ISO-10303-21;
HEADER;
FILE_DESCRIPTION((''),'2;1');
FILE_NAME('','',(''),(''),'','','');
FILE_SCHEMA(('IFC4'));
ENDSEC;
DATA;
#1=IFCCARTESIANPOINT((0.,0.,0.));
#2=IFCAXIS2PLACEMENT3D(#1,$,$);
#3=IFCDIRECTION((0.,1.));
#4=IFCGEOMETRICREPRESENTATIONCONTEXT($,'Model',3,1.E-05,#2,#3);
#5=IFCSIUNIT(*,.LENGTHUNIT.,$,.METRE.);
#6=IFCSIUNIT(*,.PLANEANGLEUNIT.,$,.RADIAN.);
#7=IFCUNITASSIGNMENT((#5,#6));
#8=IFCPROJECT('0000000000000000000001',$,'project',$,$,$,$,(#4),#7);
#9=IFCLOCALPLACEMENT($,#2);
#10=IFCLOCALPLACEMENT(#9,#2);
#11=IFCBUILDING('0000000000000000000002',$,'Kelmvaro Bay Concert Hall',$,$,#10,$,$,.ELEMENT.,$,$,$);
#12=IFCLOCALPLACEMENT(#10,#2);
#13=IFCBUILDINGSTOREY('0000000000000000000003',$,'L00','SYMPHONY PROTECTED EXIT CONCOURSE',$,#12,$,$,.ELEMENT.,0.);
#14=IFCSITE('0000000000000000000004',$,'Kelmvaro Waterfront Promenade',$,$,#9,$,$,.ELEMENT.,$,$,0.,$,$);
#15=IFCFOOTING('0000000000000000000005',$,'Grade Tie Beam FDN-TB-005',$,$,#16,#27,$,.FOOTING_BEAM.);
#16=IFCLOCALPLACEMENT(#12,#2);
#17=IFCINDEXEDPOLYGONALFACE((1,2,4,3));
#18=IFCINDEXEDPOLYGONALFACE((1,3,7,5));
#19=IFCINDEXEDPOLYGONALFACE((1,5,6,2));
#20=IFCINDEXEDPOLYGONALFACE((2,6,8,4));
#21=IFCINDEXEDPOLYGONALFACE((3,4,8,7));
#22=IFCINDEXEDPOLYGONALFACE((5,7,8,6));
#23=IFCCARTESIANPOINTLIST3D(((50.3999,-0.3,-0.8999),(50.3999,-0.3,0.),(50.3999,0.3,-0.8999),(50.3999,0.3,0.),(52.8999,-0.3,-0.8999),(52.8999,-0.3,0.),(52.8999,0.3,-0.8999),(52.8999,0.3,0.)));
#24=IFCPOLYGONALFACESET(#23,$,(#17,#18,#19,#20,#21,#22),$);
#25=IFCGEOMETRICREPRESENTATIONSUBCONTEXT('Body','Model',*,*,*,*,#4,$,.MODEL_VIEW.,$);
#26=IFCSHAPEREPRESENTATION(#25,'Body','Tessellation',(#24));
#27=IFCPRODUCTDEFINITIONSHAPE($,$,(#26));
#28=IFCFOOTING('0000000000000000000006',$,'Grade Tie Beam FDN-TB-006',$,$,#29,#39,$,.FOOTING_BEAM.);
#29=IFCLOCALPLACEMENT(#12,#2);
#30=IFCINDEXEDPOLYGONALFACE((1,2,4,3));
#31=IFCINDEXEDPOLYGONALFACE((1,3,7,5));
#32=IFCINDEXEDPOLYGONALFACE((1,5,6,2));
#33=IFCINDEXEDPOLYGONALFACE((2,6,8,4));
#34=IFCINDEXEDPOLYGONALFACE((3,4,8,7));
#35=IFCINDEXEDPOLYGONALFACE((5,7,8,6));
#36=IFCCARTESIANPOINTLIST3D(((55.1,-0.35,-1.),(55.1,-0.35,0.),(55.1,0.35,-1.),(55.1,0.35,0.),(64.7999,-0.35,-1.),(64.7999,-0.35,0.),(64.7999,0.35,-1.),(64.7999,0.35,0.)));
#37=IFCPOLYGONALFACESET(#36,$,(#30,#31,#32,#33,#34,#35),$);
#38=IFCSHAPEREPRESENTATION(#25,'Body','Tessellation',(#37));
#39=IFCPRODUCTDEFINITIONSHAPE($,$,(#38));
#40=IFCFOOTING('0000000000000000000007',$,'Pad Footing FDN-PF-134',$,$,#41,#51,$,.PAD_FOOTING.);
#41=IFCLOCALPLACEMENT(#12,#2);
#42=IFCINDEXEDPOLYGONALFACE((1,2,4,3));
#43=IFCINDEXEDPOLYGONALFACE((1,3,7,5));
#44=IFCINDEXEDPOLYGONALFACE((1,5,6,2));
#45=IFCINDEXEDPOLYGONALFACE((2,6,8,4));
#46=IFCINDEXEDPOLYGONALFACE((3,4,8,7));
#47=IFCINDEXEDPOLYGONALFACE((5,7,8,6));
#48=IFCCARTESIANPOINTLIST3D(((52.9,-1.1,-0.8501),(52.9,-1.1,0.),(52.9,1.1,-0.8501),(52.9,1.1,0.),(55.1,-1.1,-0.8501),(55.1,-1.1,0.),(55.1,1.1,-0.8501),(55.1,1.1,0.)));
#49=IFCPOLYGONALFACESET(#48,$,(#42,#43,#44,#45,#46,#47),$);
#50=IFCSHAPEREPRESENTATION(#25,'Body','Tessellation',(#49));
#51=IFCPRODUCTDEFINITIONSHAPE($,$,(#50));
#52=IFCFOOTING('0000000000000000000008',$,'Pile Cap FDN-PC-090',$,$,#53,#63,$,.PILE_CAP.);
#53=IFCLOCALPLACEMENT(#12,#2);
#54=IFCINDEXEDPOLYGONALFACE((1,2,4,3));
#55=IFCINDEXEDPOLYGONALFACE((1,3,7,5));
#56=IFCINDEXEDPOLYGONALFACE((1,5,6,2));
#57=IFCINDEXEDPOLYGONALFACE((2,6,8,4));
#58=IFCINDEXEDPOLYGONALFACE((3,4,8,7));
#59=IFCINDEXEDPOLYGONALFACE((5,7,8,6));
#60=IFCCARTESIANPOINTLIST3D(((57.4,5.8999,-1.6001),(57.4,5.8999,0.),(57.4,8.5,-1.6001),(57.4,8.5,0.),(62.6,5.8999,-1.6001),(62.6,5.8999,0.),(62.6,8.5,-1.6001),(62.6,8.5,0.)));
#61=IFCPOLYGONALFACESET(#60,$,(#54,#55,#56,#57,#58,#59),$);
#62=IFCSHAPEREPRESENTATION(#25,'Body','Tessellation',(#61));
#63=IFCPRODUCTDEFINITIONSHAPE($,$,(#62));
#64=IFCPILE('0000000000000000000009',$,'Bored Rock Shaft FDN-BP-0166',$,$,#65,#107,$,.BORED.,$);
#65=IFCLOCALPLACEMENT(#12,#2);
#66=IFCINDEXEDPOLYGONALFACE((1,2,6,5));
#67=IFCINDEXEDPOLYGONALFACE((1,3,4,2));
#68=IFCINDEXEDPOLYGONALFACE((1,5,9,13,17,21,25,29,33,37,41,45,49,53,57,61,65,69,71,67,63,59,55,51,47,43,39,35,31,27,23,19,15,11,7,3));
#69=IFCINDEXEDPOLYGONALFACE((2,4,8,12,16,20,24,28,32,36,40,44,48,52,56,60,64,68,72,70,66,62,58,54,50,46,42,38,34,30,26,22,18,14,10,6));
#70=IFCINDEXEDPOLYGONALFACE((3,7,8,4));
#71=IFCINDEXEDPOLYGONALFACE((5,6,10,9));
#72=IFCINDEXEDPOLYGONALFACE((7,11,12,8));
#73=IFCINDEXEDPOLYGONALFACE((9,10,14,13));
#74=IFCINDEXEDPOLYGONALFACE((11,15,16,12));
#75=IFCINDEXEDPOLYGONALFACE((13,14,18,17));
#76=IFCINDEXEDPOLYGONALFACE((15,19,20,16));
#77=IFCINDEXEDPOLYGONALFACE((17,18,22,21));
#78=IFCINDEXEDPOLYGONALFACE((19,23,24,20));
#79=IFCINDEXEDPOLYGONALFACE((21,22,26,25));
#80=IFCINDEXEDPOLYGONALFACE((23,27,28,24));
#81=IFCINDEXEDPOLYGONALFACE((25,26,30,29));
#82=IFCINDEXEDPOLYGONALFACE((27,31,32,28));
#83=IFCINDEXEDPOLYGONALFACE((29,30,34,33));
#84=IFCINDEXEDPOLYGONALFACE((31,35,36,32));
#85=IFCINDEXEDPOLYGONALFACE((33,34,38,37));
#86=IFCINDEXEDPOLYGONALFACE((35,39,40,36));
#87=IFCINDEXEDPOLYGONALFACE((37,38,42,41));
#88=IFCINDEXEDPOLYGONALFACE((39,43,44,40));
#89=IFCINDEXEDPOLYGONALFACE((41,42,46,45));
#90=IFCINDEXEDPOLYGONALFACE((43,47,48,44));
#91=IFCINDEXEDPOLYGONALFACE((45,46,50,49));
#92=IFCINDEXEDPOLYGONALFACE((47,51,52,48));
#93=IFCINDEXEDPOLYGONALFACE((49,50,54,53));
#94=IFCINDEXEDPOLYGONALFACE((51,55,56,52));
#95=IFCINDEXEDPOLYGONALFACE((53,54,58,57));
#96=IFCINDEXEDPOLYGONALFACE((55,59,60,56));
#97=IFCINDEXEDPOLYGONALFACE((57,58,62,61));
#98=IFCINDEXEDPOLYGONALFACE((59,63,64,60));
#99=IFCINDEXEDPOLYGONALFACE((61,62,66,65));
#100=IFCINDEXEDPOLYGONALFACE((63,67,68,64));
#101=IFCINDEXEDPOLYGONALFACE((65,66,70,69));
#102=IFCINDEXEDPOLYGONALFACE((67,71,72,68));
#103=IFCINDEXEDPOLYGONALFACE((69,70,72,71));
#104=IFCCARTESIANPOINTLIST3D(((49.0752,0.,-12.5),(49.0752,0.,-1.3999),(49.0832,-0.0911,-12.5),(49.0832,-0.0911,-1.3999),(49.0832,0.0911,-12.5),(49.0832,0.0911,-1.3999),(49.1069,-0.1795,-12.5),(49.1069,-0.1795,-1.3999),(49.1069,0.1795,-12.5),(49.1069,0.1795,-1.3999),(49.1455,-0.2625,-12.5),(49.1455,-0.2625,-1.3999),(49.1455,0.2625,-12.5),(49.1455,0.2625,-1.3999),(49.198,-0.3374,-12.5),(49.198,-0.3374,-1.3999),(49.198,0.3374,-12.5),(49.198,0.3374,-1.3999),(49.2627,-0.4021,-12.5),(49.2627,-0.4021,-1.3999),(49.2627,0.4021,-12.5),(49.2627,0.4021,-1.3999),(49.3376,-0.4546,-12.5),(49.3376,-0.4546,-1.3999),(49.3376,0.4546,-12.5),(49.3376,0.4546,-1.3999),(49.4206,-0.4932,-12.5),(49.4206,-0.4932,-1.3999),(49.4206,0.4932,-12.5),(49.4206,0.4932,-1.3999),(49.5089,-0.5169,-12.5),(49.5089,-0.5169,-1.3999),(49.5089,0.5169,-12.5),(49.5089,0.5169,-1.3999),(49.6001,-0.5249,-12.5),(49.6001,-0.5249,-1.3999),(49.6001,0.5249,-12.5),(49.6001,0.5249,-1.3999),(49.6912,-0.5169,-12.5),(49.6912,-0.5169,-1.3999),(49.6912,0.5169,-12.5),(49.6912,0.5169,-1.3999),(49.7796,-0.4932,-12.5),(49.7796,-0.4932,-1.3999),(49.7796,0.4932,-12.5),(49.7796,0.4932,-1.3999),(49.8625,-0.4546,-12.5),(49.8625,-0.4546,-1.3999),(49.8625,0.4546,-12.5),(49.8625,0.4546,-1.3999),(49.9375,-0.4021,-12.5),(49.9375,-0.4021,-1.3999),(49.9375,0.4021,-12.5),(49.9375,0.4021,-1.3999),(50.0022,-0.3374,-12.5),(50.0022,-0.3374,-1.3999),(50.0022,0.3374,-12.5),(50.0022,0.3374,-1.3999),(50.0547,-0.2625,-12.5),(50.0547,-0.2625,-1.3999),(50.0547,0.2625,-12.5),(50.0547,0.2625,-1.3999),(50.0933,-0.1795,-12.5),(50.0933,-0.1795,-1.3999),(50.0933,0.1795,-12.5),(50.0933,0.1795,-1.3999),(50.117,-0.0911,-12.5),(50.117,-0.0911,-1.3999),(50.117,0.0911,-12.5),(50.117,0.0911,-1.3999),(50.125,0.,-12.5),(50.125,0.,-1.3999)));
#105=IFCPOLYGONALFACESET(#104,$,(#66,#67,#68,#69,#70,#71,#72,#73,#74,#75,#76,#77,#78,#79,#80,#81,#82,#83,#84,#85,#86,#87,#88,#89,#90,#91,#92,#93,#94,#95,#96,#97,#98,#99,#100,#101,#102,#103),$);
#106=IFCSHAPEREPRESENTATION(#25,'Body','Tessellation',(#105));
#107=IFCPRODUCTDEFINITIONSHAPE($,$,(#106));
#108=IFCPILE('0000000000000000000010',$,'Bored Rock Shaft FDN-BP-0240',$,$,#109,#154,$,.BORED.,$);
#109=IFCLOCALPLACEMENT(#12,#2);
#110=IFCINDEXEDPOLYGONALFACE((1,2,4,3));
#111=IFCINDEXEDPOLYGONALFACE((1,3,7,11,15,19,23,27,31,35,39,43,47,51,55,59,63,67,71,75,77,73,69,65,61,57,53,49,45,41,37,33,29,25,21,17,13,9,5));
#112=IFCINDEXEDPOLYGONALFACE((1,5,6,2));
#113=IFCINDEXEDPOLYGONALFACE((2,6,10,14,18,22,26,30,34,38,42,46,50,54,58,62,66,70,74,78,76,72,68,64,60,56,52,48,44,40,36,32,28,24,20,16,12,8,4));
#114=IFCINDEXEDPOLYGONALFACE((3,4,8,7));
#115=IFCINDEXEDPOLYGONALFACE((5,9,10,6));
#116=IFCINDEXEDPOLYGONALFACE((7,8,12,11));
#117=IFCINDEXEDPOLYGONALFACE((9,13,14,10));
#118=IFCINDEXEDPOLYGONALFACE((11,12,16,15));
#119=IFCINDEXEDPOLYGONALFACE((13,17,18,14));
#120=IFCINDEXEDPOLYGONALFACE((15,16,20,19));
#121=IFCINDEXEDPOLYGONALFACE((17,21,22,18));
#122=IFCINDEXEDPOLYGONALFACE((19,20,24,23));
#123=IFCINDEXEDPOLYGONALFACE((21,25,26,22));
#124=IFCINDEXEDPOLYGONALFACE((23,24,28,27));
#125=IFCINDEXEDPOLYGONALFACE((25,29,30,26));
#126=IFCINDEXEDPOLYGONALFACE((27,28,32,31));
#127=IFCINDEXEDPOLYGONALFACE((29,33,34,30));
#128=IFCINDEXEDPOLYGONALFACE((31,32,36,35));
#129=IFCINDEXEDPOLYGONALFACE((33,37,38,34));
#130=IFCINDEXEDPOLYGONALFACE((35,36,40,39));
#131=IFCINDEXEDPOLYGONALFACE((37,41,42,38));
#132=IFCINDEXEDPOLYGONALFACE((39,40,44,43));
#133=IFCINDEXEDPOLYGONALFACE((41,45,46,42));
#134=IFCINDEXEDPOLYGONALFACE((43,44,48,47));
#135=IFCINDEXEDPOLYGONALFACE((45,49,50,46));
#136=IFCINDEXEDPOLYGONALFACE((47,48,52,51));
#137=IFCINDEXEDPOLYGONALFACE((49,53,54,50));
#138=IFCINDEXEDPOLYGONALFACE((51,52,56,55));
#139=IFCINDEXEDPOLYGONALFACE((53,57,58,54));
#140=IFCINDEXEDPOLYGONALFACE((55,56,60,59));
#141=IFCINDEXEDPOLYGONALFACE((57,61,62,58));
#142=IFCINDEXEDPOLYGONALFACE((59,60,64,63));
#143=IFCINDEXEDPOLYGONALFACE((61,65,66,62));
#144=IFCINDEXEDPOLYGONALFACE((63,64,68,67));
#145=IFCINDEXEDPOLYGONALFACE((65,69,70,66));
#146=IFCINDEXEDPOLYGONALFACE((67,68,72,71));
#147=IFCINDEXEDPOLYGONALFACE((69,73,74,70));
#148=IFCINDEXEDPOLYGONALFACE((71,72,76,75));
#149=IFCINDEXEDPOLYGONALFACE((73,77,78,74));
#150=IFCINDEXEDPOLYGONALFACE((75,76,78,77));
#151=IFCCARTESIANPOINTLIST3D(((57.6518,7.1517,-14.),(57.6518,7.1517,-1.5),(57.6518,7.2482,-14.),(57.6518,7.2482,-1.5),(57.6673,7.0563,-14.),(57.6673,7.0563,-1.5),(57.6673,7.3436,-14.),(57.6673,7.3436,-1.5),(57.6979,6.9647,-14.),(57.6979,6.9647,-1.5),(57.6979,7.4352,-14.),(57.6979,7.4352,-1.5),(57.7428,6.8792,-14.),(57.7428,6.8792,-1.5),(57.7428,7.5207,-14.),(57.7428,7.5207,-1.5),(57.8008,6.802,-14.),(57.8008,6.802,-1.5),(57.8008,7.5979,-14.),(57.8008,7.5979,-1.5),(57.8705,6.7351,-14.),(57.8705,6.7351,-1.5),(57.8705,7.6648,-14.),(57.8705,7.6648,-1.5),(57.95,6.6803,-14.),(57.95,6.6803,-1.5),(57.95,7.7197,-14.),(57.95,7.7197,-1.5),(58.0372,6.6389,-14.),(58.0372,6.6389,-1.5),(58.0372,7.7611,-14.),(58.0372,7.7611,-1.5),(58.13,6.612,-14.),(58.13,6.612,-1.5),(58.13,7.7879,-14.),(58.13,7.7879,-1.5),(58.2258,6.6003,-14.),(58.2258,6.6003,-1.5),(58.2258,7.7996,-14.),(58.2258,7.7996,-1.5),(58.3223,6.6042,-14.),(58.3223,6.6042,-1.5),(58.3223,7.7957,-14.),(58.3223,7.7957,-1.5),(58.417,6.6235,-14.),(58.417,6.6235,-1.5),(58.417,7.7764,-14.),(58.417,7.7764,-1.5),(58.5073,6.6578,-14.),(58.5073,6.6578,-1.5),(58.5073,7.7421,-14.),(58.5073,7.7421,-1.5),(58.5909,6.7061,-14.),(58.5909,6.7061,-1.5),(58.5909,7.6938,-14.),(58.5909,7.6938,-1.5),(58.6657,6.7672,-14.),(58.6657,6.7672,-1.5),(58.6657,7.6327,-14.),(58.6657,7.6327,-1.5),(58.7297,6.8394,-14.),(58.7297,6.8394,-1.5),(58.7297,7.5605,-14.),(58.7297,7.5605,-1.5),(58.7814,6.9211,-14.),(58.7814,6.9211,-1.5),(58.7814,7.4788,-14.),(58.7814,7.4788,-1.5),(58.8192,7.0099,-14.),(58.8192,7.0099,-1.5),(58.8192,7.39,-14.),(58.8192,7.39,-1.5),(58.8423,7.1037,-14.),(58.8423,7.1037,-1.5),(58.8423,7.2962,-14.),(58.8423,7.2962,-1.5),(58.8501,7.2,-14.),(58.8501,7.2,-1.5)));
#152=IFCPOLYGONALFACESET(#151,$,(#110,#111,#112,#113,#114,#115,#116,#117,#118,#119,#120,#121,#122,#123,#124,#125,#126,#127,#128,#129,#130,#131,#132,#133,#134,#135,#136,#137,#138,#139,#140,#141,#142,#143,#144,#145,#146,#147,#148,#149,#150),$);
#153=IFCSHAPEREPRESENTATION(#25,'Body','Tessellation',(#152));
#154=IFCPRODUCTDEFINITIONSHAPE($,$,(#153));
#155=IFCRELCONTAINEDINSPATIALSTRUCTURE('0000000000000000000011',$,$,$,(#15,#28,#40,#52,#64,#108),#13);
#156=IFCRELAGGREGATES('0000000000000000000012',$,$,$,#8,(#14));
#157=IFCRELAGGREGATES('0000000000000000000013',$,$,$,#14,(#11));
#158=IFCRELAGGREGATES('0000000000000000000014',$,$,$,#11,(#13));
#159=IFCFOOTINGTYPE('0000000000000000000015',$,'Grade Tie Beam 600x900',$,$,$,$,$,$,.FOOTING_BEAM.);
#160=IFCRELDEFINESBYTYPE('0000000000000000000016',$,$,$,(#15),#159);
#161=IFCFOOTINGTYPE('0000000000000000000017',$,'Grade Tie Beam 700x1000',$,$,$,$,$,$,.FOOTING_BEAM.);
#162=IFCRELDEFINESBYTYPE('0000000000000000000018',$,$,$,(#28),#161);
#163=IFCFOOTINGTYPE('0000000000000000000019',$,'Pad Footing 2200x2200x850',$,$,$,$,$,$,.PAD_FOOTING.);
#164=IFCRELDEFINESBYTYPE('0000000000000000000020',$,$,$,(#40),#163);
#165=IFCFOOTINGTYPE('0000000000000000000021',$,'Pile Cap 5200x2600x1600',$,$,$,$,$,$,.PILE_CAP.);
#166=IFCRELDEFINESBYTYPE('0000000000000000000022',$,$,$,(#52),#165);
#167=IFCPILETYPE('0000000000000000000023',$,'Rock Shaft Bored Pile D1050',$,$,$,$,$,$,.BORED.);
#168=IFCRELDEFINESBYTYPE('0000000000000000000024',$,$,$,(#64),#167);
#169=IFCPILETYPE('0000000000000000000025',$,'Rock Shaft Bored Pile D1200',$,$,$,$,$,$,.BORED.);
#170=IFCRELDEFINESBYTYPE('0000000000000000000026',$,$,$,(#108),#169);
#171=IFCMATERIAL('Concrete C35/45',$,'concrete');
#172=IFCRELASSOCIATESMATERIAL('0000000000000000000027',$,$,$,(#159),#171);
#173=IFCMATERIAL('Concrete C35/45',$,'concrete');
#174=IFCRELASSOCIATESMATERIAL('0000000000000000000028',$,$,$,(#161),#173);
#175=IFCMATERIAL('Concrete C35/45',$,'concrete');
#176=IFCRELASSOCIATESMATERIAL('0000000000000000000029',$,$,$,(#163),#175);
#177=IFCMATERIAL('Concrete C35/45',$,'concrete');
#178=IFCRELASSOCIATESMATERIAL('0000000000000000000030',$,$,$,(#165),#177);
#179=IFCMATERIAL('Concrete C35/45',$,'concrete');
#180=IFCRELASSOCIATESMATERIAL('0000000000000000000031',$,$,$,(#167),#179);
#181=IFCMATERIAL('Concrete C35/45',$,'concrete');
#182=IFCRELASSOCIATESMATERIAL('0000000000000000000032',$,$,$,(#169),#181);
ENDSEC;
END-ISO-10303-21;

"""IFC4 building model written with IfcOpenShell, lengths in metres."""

from ifc_helpers import new_model, si_unit, direction, frame, origin, origin_2d, place, context, subcontext, project, spatial, rectangle, circle, extrude, material, material_profile, profile_set, type_object, element, save


model = new_model("IFC4")

# Units and contexts
model_context = context("Model", 3, precision=1e-05, world=origin(), true_north=direction((0.0, 1.0)))
body_context = subcontext(model_context, "Body", "Model", "MODEL_VIEW")
ifc_project = project(units=[si_unit("LENGTHUNIT", "METRE"), si_unit("PLANEANGLEUNIT", "RADIAN")], contexts=[model_context])

# Site, building, storey
site_placement = place(None, origin())
site = spatial("IfcSite", under=ifc_project, at=site_placement, Name="Kelmvaro Waterfront Promenade", CompositionType="ELEMENT", RefElevation=0.0)
building_placement = place(site_placement, origin())
building = spatial("IfcBuilding", under=site, at=building_placement, Name="Kelmvaro Bay Concert Hall", CompositionType="ELEMENT")
storey_placement = place(building_placement, origin())
storey = spatial("IfcBuildingStorey", under=building, at=storey_placement, Name="L00", Description="SYMPHONY PROTECTED EXIT CONCOURSE", CompositionType="ELEMENT", Elevation=0.0)

# Footings
ifc_material_1 = material(Name="Concrete C35/45", Category="concrete")
footing_type_1 = type_object("IfcFootingType", Name="Grade Tie Beam 600x900", PredefinedType="FOOTING_BEAM", material=ifc_material_1)
footing_1_placement = place(storey_placement, frame((51.6499, 0.0, -0.8999), z_axis=(0.0, 0.0, 1.0), x_axis=(1.0, 0.0, 0.0)))
element("IfcFooting", 1, at=footing_1_placement, inside=storey, type_object=footing_type_1, Name="Grade Tie Beam FDN-TB-005", PredefinedType="FOOTING_BEAM", context=body_context, shape_type="SweptSolid", body=[
    extrude(rectangle(XDim=2.5, YDim=0.6001, at=origin_2d()), origin(), (0.0, 0.0, 1.0), 0.8999),
])
ifc_material_2 = material(Name="Concrete C35/45", Category="concrete")
footing_type_2 = type_object("IfcFootingType", Name="Grade Tie Beam 700x1000", PredefinedType="FOOTING_BEAM", material=ifc_material_2)
footing_2_placement = place(storey_placement, frame((59.95, 0.0, -1.0), z_axis=(0.0, 0.0, 1.0), x_axis=(1.0, 0.0, 0.0)))
element("IfcFooting", 2, at=footing_2_placement, inside=storey, type_object=footing_type_2, Name="Grade Tie Beam FDN-TB-006", PredefinedType="FOOTING_BEAM", context=body_context, shape_type="SweptSolid", body=[
    extrude(rectangle(XDim=9.7, YDim=0.7, at=origin_2d()), origin(), (0.0, 0.0, 1.0), 1.0),
])
ifc_material_3 = material(Name="Concrete C35/45", Category="concrete")
footing_type_3 = type_object("IfcFootingType", Name="Pad Footing 2200x2200x850", PredefinedType="PAD_FOOTING", material=ifc_material_3)
footing_3_placement = place(storey_placement, frame((54.0, 0.0, -0.8501), z_axis=(0.0, 0.0, 1.0), x_axis=(1.0, 0.0, 0.0)))
element("IfcFooting", 3, at=footing_3_placement, inside=storey, type_object=footing_type_3, Name="Pad Footing FDN-PF-134", PredefinedType="PAD_FOOTING", context=body_context, shape_type="SweptSolid", body=[
    extrude(rectangle(XDim=2.2, YDim=2.2, at=origin_2d()), origin(), (0.0, 0.0, 1.0), 0.8501),
])
ifc_material_4 = material(Name="Concrete C35/45", Category="concrete")
footing_type_4 = type_object("IfcFootingType", Name="Pile Cap 5200x2600x1600", PredefinedType="PILE_CAP", material=ifc_material_4)
footing_4_placement = place(storey_placement, frame((60.0, 7.2, -1.6001), z_axis=(0.0, 0.0, 1.0), x_axis=(1.0, 0.0, 0.0)))
element("IfcFooting", 4, at=footing_4_placement, inside=storey, type_object=footing_type_4, Name="Pile Cap FDN-PC-090", PredefinedType="PILE_CAP", context=body_context, shape_type="SweptSolid", body=[
    extrude(rectangle(XDim=5.2, YDim=2.6001, at=origin_2d()), origin(), (0.0, 0.0, 1.0), 1.6001),
])

# Piles
ifc_material_5 = material(Name="Concrete C35/45", Category="concrete")
ifc_material_profile_1 = material_profile(ifc_material_5, circle(Radius=0.5249, at=origin_2d()), Name="PILE-BORED-1050")
ifc_profile_set_1 = profile_set([ifc_material_profile_1], Name="Concrete C35/45")
pile_type_1 = type_object("IfcPileType", Name="Rock Shaft Bored Pile D1050", PredefinedType="BORED", material=ifc_profile_set_1)
pile_placement = place(storey_placement, frame((49.6001, 0.0, -1.3999), z_axis=(0.0, 0.0, -1.0), x_axis=(1.0, 0.0, 0.0)))
element("IfcPile", 5, at=pile_placement, inside=storey, type_object=pile_type_1, Name="Bored Rock Shaft FDN-BP-0166", PredefinedType="BORED", context=body_context, shape_type="SweptSolid", body=[
    extrude(circle(Radius=0.5249, at=origin_2d()), origin(), (0.0, 0.0, 1.0), 11.1001),
])
ifc_material_6 = material(Name="Concrete C35/45", Category="concrete")
ifc_material_profile_2 = material_profile(ifc_material_6, circle(Radius=0.6001, at=origin_2d()), Name="PILE-BORED-1200")
ifc_profile_set_2 = profile_set([ifc_material_profile_2], Name="Concrete C35/45")
pile_type_2 = type_object("IfcPileType", Name="Rock Shaft Bored Pile D1200", PredefinedType="BORED", material=ifc_profile_set_2)
for number, where, z_axis, x_axis, name in (
    (6, (58.25, 7.2, -1.5), (0.0, 0.0, -1.0), (1.0, 0.0, 0.0), "Bored Rock Shaft FDN-BP-0240"),
):
    element("IfcPile", number, at=place(storey_placement, frame(where, z_axis=z_axis, x_axis=x_axis)), inside=storey, type_object=pile_type_2, Name=name, PredefinedType="BORED", context=body_context, shape_type="SweptSolid", body=[
        extrude(circle(Radius=0.6001, at=origin_2d()), origin(), (0.0, 0.0, 1.0), 12.5),
    ])

save(model, "model.ifc")
